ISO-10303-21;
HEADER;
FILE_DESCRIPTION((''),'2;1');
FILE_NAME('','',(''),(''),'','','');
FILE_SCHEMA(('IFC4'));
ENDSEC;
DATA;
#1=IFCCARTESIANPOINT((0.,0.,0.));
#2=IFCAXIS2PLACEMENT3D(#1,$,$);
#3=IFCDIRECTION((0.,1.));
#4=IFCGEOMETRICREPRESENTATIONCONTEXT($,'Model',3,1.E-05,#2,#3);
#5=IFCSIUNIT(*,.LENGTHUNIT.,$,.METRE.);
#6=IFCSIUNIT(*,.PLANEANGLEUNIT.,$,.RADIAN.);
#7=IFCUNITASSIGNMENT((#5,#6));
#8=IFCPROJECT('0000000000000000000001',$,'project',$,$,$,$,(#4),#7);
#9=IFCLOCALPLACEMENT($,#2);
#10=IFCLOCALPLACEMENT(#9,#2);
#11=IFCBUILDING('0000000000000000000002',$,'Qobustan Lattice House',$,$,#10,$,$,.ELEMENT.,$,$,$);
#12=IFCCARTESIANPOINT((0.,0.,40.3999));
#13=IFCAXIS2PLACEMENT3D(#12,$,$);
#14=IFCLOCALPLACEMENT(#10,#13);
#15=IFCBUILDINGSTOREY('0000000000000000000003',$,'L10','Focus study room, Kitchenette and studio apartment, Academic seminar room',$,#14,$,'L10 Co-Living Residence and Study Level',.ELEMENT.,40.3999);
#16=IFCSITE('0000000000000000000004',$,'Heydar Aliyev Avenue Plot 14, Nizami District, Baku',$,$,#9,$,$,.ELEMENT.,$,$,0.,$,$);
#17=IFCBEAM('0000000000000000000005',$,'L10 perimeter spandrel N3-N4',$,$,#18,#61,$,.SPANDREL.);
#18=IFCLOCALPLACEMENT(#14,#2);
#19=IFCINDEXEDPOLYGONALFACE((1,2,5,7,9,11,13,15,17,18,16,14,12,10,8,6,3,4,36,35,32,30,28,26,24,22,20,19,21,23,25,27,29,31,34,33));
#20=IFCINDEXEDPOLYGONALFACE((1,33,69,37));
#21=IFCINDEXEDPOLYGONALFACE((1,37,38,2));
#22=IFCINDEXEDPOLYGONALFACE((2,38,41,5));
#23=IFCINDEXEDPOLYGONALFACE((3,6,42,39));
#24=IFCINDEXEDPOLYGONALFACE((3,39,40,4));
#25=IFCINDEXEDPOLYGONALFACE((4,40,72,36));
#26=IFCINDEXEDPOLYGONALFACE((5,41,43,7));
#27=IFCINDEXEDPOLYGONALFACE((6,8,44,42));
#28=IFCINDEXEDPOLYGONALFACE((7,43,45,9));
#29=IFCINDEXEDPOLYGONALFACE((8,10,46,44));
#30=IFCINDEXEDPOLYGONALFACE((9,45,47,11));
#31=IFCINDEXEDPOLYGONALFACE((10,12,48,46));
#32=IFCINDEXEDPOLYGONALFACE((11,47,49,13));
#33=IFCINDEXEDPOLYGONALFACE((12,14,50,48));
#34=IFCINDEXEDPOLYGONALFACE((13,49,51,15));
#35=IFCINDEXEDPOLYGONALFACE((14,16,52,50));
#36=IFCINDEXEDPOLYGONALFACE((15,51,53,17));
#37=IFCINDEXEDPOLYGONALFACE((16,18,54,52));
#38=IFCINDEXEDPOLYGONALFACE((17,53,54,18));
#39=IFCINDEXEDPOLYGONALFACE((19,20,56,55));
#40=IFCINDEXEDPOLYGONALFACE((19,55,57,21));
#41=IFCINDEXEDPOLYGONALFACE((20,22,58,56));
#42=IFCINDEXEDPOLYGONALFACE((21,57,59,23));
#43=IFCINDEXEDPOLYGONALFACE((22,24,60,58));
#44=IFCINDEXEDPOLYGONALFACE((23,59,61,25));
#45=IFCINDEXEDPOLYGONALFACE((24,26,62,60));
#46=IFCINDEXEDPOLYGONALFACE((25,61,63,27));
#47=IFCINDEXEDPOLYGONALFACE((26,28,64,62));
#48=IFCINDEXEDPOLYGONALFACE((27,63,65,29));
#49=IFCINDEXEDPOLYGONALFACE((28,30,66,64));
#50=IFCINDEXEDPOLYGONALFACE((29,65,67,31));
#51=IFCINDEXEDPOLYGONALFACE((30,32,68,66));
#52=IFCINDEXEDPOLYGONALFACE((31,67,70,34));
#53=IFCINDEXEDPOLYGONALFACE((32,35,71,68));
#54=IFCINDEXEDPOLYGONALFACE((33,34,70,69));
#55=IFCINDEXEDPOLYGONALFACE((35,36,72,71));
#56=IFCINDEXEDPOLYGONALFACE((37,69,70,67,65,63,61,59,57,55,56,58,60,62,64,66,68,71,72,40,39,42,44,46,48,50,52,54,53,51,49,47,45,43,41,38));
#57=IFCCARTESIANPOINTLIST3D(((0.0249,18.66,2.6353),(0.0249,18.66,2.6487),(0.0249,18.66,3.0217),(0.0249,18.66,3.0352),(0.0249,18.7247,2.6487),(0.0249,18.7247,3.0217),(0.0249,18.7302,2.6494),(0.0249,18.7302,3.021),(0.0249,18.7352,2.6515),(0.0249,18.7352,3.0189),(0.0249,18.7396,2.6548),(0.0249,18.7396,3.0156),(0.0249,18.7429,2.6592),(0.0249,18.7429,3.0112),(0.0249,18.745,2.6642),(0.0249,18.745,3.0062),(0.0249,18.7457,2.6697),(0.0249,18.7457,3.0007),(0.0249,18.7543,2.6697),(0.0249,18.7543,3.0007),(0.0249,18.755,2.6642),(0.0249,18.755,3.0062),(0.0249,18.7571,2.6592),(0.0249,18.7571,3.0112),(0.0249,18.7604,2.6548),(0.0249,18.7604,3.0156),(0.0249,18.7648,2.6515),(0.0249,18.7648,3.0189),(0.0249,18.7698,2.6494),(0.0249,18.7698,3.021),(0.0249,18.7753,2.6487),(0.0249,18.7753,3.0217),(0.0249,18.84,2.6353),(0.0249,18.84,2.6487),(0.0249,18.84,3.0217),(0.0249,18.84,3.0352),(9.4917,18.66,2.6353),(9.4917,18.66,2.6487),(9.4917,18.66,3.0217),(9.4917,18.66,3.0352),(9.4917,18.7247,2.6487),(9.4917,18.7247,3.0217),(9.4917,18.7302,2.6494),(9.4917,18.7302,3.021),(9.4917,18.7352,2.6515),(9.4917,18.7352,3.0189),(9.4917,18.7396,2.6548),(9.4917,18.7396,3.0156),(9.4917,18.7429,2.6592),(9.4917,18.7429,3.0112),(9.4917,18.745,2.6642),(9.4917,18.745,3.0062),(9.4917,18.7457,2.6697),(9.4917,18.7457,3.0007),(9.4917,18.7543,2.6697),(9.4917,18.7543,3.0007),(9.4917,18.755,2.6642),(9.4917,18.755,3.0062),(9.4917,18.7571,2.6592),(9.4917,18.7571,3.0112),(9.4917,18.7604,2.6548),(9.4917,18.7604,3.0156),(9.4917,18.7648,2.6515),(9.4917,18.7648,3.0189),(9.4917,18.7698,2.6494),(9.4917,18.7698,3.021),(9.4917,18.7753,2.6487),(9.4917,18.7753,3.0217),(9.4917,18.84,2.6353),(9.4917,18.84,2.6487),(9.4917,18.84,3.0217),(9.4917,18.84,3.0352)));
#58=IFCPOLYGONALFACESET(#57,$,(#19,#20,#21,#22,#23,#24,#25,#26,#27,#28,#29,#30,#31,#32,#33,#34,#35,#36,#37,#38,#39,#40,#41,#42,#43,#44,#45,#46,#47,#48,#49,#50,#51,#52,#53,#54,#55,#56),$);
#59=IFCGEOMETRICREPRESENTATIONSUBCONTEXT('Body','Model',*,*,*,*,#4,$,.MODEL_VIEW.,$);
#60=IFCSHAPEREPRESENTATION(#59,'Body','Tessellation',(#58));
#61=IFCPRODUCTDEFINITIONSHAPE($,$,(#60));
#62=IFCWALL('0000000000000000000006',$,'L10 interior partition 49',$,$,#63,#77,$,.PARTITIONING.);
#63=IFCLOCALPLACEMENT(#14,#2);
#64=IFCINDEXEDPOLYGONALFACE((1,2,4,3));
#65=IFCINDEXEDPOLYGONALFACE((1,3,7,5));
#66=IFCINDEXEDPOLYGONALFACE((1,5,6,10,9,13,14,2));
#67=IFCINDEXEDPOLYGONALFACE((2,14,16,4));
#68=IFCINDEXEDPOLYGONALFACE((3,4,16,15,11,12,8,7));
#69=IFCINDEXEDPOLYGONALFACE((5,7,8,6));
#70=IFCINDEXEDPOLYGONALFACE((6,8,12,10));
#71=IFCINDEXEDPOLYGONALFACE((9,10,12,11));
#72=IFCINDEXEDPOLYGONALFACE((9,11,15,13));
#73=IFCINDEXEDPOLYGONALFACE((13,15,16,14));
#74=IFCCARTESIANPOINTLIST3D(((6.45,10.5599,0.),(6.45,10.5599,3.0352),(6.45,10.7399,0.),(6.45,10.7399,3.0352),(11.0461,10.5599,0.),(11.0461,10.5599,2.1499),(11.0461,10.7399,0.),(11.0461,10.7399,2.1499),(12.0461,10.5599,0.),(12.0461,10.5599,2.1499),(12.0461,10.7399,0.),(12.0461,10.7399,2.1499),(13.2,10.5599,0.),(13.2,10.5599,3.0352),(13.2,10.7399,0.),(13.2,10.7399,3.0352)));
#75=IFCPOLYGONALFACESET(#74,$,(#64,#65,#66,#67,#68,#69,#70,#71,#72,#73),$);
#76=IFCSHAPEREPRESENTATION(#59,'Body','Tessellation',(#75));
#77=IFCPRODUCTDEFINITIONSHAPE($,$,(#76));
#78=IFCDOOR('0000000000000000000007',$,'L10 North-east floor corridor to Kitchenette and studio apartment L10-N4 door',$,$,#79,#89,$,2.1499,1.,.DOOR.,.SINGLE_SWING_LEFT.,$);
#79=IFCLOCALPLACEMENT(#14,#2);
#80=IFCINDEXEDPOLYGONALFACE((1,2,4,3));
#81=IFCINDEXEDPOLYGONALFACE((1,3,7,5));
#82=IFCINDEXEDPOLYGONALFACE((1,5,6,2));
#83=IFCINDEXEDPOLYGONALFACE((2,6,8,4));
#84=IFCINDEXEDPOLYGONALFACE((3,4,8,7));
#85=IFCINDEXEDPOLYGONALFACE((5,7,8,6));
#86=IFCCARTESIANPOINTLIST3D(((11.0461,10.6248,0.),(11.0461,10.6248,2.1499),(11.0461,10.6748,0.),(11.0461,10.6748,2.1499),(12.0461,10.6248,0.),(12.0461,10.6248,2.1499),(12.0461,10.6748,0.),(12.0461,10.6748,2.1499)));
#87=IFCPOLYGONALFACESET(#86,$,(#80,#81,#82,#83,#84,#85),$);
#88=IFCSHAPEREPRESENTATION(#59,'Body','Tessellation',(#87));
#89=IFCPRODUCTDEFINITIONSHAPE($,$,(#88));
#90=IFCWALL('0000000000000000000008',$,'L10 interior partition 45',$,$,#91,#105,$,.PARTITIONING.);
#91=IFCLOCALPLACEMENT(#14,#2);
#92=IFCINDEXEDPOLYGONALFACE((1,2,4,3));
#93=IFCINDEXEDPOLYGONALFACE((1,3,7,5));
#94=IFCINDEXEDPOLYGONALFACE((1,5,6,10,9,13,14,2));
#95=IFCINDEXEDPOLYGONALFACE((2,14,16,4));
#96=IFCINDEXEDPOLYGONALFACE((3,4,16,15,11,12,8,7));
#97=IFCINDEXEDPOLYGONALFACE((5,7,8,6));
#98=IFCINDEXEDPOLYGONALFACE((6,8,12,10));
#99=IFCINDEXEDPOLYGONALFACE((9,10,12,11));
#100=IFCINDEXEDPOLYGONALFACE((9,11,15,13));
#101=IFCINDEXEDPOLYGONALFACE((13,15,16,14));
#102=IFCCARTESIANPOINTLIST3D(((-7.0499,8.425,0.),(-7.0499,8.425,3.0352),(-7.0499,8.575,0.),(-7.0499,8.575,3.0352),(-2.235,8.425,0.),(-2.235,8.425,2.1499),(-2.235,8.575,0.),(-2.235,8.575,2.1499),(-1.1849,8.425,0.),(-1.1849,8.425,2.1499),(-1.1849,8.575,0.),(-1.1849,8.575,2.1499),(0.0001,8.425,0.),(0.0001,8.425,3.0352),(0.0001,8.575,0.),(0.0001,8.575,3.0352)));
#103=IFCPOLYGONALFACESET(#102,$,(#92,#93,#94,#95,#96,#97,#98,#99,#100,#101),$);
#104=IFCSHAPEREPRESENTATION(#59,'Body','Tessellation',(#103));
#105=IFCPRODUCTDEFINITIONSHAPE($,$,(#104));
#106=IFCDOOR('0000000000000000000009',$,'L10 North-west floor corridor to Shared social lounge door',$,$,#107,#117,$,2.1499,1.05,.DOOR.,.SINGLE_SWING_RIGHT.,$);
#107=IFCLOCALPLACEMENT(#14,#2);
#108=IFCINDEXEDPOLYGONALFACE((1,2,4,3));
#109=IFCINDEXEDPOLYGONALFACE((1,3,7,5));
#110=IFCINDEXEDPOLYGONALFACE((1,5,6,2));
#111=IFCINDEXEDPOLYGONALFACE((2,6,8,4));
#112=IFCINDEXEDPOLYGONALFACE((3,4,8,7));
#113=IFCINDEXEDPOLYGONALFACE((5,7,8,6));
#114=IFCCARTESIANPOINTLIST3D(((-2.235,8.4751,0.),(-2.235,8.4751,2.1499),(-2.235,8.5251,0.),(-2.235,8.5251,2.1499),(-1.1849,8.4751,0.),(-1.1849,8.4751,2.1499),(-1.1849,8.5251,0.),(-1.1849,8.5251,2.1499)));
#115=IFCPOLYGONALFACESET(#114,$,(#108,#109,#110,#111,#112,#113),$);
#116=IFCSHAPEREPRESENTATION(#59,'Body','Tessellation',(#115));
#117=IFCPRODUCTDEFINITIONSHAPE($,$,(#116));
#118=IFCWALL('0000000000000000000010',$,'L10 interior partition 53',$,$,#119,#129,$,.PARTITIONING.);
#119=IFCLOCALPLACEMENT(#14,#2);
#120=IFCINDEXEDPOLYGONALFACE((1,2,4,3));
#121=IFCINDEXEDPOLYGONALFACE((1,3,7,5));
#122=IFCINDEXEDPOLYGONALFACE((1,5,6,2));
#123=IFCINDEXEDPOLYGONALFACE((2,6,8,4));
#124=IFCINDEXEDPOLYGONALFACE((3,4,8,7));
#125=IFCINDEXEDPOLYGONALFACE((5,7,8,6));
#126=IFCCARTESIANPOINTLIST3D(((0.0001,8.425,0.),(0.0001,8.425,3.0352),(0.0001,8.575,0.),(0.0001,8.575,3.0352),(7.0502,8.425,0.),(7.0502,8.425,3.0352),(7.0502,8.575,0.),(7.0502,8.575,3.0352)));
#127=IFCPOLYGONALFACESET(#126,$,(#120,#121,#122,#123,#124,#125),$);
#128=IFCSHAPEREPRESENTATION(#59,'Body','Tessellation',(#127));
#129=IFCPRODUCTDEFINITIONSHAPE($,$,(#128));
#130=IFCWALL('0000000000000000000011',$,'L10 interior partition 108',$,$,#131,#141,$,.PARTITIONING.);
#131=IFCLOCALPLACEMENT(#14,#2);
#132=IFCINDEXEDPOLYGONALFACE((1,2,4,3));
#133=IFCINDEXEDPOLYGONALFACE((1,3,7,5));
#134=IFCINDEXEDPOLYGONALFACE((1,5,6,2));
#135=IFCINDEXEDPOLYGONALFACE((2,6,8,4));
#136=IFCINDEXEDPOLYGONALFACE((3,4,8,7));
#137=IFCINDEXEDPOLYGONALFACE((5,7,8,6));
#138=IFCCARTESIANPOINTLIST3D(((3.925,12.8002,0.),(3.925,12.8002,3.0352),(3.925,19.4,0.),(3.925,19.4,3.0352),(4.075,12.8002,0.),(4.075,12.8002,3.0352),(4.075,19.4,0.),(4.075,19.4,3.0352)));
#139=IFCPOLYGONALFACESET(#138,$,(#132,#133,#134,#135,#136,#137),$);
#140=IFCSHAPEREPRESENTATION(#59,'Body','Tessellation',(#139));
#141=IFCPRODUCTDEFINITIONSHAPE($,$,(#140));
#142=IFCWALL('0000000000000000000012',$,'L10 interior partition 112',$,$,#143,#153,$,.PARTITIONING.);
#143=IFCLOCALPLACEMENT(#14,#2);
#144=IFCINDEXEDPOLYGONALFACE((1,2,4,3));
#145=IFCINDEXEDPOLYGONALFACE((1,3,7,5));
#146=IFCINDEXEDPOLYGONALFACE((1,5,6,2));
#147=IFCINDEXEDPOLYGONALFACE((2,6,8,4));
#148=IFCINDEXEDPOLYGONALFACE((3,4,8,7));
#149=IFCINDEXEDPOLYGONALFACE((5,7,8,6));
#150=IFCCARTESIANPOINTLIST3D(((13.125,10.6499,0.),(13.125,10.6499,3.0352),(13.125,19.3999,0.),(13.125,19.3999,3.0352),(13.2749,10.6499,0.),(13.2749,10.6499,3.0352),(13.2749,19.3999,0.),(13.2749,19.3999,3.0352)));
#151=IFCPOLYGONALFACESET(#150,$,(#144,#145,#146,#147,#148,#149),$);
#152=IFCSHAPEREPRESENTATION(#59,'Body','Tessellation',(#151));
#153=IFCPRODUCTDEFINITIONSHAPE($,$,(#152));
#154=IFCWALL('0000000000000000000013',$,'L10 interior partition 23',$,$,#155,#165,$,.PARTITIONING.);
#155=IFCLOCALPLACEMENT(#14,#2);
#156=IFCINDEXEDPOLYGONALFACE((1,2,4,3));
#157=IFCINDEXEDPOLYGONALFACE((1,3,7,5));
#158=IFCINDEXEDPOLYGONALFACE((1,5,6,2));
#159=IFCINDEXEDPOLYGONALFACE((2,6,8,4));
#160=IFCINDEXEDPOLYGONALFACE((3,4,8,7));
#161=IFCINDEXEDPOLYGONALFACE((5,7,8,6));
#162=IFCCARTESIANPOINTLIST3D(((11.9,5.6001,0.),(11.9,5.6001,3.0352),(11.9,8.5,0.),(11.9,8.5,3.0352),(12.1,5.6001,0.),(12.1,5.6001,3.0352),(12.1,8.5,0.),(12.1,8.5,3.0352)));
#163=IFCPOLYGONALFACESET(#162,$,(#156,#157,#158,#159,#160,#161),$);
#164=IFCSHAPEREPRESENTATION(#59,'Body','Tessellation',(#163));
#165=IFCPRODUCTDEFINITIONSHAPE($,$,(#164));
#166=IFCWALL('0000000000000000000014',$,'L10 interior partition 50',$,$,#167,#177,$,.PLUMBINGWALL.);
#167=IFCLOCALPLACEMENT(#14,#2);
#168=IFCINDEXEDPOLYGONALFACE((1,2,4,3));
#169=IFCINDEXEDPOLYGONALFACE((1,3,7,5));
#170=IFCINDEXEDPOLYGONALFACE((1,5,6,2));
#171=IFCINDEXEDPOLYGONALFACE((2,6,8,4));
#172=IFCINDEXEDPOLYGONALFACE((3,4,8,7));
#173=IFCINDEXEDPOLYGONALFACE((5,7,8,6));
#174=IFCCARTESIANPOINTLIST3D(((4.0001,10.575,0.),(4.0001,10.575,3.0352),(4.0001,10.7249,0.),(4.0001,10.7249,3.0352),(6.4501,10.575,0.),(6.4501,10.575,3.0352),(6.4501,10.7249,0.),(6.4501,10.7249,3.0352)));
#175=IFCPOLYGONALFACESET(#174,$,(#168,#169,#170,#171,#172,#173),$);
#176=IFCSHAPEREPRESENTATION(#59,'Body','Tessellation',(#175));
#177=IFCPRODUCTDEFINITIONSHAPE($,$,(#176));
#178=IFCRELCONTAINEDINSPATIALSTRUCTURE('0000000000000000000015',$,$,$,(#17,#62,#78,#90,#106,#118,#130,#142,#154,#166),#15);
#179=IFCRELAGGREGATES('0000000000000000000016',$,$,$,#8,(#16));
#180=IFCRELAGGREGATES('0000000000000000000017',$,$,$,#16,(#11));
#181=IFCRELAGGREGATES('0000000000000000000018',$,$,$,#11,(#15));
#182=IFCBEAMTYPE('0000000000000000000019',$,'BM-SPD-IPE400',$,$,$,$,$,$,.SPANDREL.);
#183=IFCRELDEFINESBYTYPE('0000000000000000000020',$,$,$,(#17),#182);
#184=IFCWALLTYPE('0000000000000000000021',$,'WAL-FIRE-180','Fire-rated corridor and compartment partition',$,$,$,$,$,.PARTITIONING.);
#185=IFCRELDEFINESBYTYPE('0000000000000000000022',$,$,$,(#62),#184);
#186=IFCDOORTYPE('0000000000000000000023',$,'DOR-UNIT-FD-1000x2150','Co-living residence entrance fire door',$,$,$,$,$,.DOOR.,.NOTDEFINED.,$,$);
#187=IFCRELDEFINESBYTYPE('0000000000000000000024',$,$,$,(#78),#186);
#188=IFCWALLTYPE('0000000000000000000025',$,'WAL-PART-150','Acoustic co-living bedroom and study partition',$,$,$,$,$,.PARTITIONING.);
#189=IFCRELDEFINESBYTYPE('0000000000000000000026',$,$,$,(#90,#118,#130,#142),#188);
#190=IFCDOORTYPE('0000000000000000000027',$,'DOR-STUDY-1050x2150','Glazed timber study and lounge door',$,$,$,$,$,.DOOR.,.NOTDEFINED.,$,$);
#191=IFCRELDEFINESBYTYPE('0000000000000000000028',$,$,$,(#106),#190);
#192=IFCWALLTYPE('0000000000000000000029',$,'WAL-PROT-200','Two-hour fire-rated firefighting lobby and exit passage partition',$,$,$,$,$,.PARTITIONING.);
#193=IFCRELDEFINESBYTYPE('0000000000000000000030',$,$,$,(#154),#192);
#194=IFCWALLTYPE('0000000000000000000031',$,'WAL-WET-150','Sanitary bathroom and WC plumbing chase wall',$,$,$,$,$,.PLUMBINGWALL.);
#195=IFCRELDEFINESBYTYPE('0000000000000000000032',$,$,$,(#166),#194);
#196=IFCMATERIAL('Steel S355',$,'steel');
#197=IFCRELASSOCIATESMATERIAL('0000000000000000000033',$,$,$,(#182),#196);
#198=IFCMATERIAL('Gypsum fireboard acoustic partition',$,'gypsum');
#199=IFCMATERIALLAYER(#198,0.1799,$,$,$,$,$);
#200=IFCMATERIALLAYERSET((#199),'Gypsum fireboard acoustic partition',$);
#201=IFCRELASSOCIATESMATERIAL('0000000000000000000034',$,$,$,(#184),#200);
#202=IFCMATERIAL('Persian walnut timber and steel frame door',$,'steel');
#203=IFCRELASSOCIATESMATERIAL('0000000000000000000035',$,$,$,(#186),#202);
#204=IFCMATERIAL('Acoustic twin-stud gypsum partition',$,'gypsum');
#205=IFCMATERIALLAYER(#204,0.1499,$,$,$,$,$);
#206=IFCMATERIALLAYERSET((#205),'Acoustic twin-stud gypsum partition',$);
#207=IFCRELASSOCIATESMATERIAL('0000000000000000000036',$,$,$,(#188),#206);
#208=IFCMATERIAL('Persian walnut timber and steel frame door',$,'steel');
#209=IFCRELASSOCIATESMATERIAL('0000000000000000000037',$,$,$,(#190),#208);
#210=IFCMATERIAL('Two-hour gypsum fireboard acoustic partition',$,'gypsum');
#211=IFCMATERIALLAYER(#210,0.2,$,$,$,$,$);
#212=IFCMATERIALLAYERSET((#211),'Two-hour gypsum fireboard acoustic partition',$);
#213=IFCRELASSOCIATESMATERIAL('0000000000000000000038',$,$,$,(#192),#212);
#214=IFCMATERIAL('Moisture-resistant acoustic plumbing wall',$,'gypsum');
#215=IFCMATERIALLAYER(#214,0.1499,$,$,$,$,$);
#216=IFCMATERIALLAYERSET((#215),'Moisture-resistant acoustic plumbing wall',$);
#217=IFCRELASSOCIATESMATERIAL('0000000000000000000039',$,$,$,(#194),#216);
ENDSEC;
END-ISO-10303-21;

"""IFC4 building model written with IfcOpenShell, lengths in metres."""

from ifc_helpers import new_model, si_unit, direction, frame, frame_2d, origin, origin_2d, place, context, subcontext, project, spatial, rectangle, i_section, extrude, material, layer, layer_set, material_profile, profile_set, type_object, element, fill, save


model = new_model("IFC4")

# Units and contexts
model_context = context("Model", 3, precision=1e-05, world=origin(), true_north=direction((0.0, 1.0)))
body_context = subcontext(model_context, "Body", "Model", "MODEL_VIEW")
ifc_project = project(units=[si_unit("LENGTHUNIT", "METRE"), si_unit("PLANEANGLEUNIT", "RADIAN")], contexts=[model_context])

# Site, building, storey
site_placement = place(None, origin())
site = spatial("IfcSite", under=ifc_project, at=site_placement, Name="Heydar Aliyev Avenue Plot 14, Nizami District, Baku", CompositionType="ELEMENT", RefElevation=0.0)
building_placement = place(site_placement, origin())
building = spatial("IfcBuilding", under=site, at=building_placement, Name="Qobustan Lattice House", CompositionType="ELEMENT")
storey_placement = place(building_placement, frame((0.0, 0.0, 40.3999)))
storey = spatial("IfcBuildingStorey", under=building, at=storey_placement, Name="L10", Description="Focus study room, Kitchenette and studio apartment, Academic seminar room", LongName="L10 Co-Living Residence and Study Level", CompositionType="ELEMENT", Elevation=40.3999)

# Beam
ifc_material_1 = material(Name="Steel S355", Category="steel")
ifc_material_profile_1 = material_profile(ifc_material_1, i_section(OverallWidth=0.1799, OverallDepth=0.3999, WebThickness=0.0085, FlangeThickness=0.0134, FilletRadius=0.021, at=origin_2d()), Name="IPE400")
ifc_profile_set_1 = profile_set([ifc_material_profile_1], Name="Steel S355")
beam_type_1 = type_object("IfcBeamType", Name="BM-SPD-IPE400", PredefinedType="SPANDREL", material=ifc_profile_set_1)
beam_1_placement = place(storey_placement, frame((9.4917, 18.75, 2.8352), z_axis=(-1.0, 0.0, 0.0), x_axis=(0.0, -1.0, 0.0)))
element("IfcBeam", 1, at=beam_1_placement, inside=storey, type_object=beam_type_1, Name="L10 perimeter spandrel N3-N4", PredefinedType="SPANDREL", context=body_context, shape_type="SweptSolid", body=[
    extrude(i_section(OverallWidth=0.1799, OverallDepth=0.3999, WebThickness=0.0085, FlangeThickness=0.0134, FilletRadius=0.021, at=origin_2d()), origin(), (0.0, 0.0, 1.0), 9.4668),
])

# Walls, openings, doors
ifc_material_2 = material(Name="Gypsum fireboard acoustic partition", Category="gypsum")
ifc_layer_1 = layer(ifc_material_2, 0.1799)
ifc_layer_set_1 = layer_set([ifc_layer_1], Name="Gypsum fireboard acoustic partition")
wall_type_1 = type_object("IfcWallType", Name="WAL-FIRE-180", Description="Fire-rated corridor and compartment partition", PredefinedType="PARTITIONING", material=ifc_layer_set_1)
ifc_material_3 = material(Name="Persian walnut timber and steel frame door", Category="steel")
door_type_1 = type_object("IfcDoorType", Name="DOR-UNIT-FD-1000x2150", Description="Co-living residence entrance fire door", OperationType="NOTDEFINED", PredefinedType="DOOR", material=ifc_material_3)
wall_1_placement = place(storey_placement, frame((6.45, 10.6499, 0.0), z_axis=(0.0, 0.0, 1.0), x_axis=(1.0, 0.0, 0.0)))
wall_1 = element("IfcWall", 2, at=wall_1_placement, inside=storey, type_object=wall_type_1, Name="L10 interior partition 49", PredefinedType="PARTITIONING", context=body_context, shape_type="SweptSolid", body=[
    extrude(rectangle(XDim=6.75, YDim=0.1799, at=frame_2d((3.375, 0.0))), origin(), (0.0, 0.0, 1.0), 3.0352),
])
opening_1_placement = place(wall_1_placement, frame((4.5962, 0.0, 0.0)))
opening_1 = element("IfcOpeningElement", 3, at=opening_1_placement, cuts=wall_1, PredefinedType="OPENING", context=body_context, shape_type="SweptSolid", body=[
    extrude(rectangle(XDim=1.0, YDim=2.1499, at=frame_2d((0.5, 1.075))), frame((0.0, 0.0999, 0.0), z_axis=(0.0, -1.0, 0.0), x_axis=(1.0, 0.0, 0.0)), (0.0, 0.0, 1.0), 0.2),
])
door_1_placement = place(opening_1_placement, origin())
door_1 = element("IfcDoor", 4, at=door_1_placement, inside=storey, type_object=door_type_1, Name="L10 North-east floor corridor to Kitchenette and studio apartment L10-N4 door", OperationType="SINGLE_SWING_LEFT", OverallHeight=2.1499, OverallWidth=1.0, PredefinedType="DOOR", context=body_context, shape_type="SweptSolid", body=[
    extrude(rectangle(XDim=1.0, YDim=2.1499, at=frame_2d((0.5, 1.075))), frame((0.0, 0.0249, 0.0), z_axis=(0.0, -1.0, 0.0), x_axis=(1.0, 0.0, 0.0)), (0.0, 0.0, 1.0), 0.05),
])
fill(opening_1, door_1)
ifc_material_4 = material(Name="Acoustic twin-stud gypsum partition", Category="gypsum")
ifc_layer_2 = layer(ifc_material_4, 0.1499)
ifc_layer_set_2 = layer_set([ifc_layer_2], Name="Acoustic twin-stud gypsum partition")
wall_type_2 = type_object("IfcWallType", Name="WAL-PART-150", Description="Acoustic co-living bedroom and study partition", PredefinedType="PARTITIONING", material=ifc_layer_set_2)
wall_2_placement = place(storey_placement, frame((0.0, 8.5, 0.0), z_axis=(0.0, 0.0, 1.0), x_axis=(-1.0, 0.0, 0.0)))
wall_2 = element("IfcWall", 5, at=wall_2_placement, inside=storey, type_object=wall_type_2, Name="L10 interior partition 45", PredefinedType="PARTITIONING", context=body_context, shape_type="SweptSolid", body=[
    extrude(rectangle(XDim=7.05, YDim=0.1499, at=frame_2d((3.5249, 0.0))), origin(), (0.0, 0.0, 1.0), 3.0352),
])
opening_2_placement = place(wall_2_placement, frame((1.1851, 0.0, 0.0)))
opening_2 = element("IfcOpeningElement", 6, at=opening_2_placement, cuts=wall_2, PredefinedType="OPENING", context=body_context, shape_type="SweptSolid", body=[
    extrude(rectangle(XDim=1.05, YDim=2.1499, at=frame_2d((0.5249, 1.075))), frame((0.0, 0.085, 0.0), z_axis=(0.0, -1.0, 0.0), x_axis=(1.0, 0.0, 0.0)), (0.0, 0.0, 1.0), 0.1699),
])
ifc_material_5 = material(Name="Persian walnut timber and steel frame door", Category="steel")
door_type_2 = type_object("IfcDoorType", Name="DOR-STUDY-1050x2150", Description="Glazed timber study and lounge door", OperationType="NOTDEFINED", PredefinedType="DOOR", material=ifc_material_5)
door_2_placement = place(opening_2_placement, origin())
door_2 = element("IfcDoor", 7, at=door_2_placement, inside=storey, type_object=door_type_2, Name="L10 North-west floor corridor to Shared social lounge door", OperationType="SINGLE_SWING_RIGHT", OverallHeight=2.1499, OverallWidth=1.05, PredefinedType="DOOR", context=body_context, shape_type="SweptSolid", body=[
    extrude(rectangle(XDim=1.05, YDim=2.1499, at=frame_2d((0.5249, 1.075))), frame((0.0, 0.0249, 0.0), z_axis=(0.0, -1.0, 0.0), x_axis=(1.0, 0.0, 0.0)), (0.0, 0.0, 1.0), 0.05),
])
fill(opening_2, door_2)

# Walls
wall_3_placement = place(storey_placement, frame((7.05, 8.5, 0.0), z_axis=(0.0, 0.0, 1.0), x_axis=(-1.0, 0.0, 0.0)))
element("IfcWall", 8, at=wall_3_placement, inside=storey, type_object=wall_type_2, Name="L10 interior partition 53", PredefinedType="PARTITIONING", context=body_context, shape_type="SweptSolid", body=[
    extrude(rectangle(XDim=7.05, YDim=0.1499, at=frame_2d((3.5249, 0.0))), origin(), (0.0, 0.0, 1.0), 3.0352),
])
wall_4_placement = place(storey_placement, frame((4.0, 19.3999, 0.0), z_axis=(0.0, 0.0, 1.0), x_axis=(0.0, -1.0, 0.0)))
element("IfcWall", 9, at=wall_4_placement, inside=storey, type_object=wall_type_2, Name="L10 interior partition 108", PredefinedType="PARTITIONING", context=body_context, shape_type="SweptSolid", body=[
    extrude(rectangle(XDim=6.5999, YDim=0.1499, at=frame_2d((3.2998, 0.0))), origin(), (0.0, 0.0, 1.0), 3.0352),
])
wall_5_placement = place(storey_placement, frame((13.2, 19.3999, 0.0), z_axis=(0.0, 0.0, 1.0), x_axis=(0.0, -1.0, 0.0)))
element("IfcWall", 10, at=wall_5_placement, inside=storey, type_object=wall_type_2, Name="L10 interior partition 112", PredefinedType="PARTITIONING", context=body_context, shape_type="SweptSolid", body=[
    extrude(rectangle(XDim=8.75, YDim=0.1499, at=frame_2d((4.375, 0.0))), origin(), (0.0, 0.0, 1.0), 3.0352),
])
ifc_material_6 = material(Name="Two-hour gypsum fireboard acoustic partition", Category="gypsum")
ifc_layer_3 = layer(ifc_material_6, 0.2)
ifc_layer_set_3 = layer_set([ifc_layer_3], Name="Two-hour gypsum fireboard acoustic partition")
wall_type_3 = type_object("IfcWallType", Name="WAL-PROT-200", Description="Two-hour fire-rated firefighting lobby and exit passage partition", PredefinedType="PARTITIONING", material=ifc_layer_set_3)
wall_6_placement = place(storey_placement, frame((12.0, 8.5, 0.0), z_axis=(0.0, 0.0, 1.0), x_axis=(0.0, -1.0, 0.0)))
element("IfcWall", 11, at=wall_6_placement, inside=storey, type_object=wall_type_3, Name="L10 interior partition 23", PredefinedType="PARTITIONING", context=body_context, shape_type="SweptSolid", body=[
    extrude(rectangle(XDim=2.8999, YDim=0.2, at=frame_2d((1.45, 0.0))), origin(), (0.0, 0.0, 1.0), 3.0352),
])
ifc_material_7 = material(Name="Moisture-resistant acoustic plumbing wall", Category="gypsum")
ifc_layer_4 = layer(ifc_material_7, 0.1499)
ifc_layer_set_4 = layer_set([ifc_layer_4], Name="Moisture-resistant acoustic plumbing wall")
wall_type_4 = type_object("IfcWallType", Name="WAL-WET-150", Description="Sanitary bathroom and WC plumbing chase wall", PredefinedType="PLUMBINGWALL", material=ifc_layer_set_4)
wall_7_placement = place(storey_placement, frame((4.0, 10.6499, 0.0), z_axis=(0.0, 0.0, 1.0), x_axis=(1.0, 0.0, 0.0)))
element("IfcWall", 12, at=wall_7_placement, inside=storey, type_object=wall_type_4, Name="L10 interior partition 50", PredefinedType="PLUMBINGWALL", context=body_context, shape_type="SweptSolid", body=[
    extrude(rectangle(XDim=2.45, YDim=0.1499, at=frame_2d((1.2251, 0.0))), origin(), (0.0, 0.0, 1.0), 3.0352),
])

save(model, "model.ifc")
